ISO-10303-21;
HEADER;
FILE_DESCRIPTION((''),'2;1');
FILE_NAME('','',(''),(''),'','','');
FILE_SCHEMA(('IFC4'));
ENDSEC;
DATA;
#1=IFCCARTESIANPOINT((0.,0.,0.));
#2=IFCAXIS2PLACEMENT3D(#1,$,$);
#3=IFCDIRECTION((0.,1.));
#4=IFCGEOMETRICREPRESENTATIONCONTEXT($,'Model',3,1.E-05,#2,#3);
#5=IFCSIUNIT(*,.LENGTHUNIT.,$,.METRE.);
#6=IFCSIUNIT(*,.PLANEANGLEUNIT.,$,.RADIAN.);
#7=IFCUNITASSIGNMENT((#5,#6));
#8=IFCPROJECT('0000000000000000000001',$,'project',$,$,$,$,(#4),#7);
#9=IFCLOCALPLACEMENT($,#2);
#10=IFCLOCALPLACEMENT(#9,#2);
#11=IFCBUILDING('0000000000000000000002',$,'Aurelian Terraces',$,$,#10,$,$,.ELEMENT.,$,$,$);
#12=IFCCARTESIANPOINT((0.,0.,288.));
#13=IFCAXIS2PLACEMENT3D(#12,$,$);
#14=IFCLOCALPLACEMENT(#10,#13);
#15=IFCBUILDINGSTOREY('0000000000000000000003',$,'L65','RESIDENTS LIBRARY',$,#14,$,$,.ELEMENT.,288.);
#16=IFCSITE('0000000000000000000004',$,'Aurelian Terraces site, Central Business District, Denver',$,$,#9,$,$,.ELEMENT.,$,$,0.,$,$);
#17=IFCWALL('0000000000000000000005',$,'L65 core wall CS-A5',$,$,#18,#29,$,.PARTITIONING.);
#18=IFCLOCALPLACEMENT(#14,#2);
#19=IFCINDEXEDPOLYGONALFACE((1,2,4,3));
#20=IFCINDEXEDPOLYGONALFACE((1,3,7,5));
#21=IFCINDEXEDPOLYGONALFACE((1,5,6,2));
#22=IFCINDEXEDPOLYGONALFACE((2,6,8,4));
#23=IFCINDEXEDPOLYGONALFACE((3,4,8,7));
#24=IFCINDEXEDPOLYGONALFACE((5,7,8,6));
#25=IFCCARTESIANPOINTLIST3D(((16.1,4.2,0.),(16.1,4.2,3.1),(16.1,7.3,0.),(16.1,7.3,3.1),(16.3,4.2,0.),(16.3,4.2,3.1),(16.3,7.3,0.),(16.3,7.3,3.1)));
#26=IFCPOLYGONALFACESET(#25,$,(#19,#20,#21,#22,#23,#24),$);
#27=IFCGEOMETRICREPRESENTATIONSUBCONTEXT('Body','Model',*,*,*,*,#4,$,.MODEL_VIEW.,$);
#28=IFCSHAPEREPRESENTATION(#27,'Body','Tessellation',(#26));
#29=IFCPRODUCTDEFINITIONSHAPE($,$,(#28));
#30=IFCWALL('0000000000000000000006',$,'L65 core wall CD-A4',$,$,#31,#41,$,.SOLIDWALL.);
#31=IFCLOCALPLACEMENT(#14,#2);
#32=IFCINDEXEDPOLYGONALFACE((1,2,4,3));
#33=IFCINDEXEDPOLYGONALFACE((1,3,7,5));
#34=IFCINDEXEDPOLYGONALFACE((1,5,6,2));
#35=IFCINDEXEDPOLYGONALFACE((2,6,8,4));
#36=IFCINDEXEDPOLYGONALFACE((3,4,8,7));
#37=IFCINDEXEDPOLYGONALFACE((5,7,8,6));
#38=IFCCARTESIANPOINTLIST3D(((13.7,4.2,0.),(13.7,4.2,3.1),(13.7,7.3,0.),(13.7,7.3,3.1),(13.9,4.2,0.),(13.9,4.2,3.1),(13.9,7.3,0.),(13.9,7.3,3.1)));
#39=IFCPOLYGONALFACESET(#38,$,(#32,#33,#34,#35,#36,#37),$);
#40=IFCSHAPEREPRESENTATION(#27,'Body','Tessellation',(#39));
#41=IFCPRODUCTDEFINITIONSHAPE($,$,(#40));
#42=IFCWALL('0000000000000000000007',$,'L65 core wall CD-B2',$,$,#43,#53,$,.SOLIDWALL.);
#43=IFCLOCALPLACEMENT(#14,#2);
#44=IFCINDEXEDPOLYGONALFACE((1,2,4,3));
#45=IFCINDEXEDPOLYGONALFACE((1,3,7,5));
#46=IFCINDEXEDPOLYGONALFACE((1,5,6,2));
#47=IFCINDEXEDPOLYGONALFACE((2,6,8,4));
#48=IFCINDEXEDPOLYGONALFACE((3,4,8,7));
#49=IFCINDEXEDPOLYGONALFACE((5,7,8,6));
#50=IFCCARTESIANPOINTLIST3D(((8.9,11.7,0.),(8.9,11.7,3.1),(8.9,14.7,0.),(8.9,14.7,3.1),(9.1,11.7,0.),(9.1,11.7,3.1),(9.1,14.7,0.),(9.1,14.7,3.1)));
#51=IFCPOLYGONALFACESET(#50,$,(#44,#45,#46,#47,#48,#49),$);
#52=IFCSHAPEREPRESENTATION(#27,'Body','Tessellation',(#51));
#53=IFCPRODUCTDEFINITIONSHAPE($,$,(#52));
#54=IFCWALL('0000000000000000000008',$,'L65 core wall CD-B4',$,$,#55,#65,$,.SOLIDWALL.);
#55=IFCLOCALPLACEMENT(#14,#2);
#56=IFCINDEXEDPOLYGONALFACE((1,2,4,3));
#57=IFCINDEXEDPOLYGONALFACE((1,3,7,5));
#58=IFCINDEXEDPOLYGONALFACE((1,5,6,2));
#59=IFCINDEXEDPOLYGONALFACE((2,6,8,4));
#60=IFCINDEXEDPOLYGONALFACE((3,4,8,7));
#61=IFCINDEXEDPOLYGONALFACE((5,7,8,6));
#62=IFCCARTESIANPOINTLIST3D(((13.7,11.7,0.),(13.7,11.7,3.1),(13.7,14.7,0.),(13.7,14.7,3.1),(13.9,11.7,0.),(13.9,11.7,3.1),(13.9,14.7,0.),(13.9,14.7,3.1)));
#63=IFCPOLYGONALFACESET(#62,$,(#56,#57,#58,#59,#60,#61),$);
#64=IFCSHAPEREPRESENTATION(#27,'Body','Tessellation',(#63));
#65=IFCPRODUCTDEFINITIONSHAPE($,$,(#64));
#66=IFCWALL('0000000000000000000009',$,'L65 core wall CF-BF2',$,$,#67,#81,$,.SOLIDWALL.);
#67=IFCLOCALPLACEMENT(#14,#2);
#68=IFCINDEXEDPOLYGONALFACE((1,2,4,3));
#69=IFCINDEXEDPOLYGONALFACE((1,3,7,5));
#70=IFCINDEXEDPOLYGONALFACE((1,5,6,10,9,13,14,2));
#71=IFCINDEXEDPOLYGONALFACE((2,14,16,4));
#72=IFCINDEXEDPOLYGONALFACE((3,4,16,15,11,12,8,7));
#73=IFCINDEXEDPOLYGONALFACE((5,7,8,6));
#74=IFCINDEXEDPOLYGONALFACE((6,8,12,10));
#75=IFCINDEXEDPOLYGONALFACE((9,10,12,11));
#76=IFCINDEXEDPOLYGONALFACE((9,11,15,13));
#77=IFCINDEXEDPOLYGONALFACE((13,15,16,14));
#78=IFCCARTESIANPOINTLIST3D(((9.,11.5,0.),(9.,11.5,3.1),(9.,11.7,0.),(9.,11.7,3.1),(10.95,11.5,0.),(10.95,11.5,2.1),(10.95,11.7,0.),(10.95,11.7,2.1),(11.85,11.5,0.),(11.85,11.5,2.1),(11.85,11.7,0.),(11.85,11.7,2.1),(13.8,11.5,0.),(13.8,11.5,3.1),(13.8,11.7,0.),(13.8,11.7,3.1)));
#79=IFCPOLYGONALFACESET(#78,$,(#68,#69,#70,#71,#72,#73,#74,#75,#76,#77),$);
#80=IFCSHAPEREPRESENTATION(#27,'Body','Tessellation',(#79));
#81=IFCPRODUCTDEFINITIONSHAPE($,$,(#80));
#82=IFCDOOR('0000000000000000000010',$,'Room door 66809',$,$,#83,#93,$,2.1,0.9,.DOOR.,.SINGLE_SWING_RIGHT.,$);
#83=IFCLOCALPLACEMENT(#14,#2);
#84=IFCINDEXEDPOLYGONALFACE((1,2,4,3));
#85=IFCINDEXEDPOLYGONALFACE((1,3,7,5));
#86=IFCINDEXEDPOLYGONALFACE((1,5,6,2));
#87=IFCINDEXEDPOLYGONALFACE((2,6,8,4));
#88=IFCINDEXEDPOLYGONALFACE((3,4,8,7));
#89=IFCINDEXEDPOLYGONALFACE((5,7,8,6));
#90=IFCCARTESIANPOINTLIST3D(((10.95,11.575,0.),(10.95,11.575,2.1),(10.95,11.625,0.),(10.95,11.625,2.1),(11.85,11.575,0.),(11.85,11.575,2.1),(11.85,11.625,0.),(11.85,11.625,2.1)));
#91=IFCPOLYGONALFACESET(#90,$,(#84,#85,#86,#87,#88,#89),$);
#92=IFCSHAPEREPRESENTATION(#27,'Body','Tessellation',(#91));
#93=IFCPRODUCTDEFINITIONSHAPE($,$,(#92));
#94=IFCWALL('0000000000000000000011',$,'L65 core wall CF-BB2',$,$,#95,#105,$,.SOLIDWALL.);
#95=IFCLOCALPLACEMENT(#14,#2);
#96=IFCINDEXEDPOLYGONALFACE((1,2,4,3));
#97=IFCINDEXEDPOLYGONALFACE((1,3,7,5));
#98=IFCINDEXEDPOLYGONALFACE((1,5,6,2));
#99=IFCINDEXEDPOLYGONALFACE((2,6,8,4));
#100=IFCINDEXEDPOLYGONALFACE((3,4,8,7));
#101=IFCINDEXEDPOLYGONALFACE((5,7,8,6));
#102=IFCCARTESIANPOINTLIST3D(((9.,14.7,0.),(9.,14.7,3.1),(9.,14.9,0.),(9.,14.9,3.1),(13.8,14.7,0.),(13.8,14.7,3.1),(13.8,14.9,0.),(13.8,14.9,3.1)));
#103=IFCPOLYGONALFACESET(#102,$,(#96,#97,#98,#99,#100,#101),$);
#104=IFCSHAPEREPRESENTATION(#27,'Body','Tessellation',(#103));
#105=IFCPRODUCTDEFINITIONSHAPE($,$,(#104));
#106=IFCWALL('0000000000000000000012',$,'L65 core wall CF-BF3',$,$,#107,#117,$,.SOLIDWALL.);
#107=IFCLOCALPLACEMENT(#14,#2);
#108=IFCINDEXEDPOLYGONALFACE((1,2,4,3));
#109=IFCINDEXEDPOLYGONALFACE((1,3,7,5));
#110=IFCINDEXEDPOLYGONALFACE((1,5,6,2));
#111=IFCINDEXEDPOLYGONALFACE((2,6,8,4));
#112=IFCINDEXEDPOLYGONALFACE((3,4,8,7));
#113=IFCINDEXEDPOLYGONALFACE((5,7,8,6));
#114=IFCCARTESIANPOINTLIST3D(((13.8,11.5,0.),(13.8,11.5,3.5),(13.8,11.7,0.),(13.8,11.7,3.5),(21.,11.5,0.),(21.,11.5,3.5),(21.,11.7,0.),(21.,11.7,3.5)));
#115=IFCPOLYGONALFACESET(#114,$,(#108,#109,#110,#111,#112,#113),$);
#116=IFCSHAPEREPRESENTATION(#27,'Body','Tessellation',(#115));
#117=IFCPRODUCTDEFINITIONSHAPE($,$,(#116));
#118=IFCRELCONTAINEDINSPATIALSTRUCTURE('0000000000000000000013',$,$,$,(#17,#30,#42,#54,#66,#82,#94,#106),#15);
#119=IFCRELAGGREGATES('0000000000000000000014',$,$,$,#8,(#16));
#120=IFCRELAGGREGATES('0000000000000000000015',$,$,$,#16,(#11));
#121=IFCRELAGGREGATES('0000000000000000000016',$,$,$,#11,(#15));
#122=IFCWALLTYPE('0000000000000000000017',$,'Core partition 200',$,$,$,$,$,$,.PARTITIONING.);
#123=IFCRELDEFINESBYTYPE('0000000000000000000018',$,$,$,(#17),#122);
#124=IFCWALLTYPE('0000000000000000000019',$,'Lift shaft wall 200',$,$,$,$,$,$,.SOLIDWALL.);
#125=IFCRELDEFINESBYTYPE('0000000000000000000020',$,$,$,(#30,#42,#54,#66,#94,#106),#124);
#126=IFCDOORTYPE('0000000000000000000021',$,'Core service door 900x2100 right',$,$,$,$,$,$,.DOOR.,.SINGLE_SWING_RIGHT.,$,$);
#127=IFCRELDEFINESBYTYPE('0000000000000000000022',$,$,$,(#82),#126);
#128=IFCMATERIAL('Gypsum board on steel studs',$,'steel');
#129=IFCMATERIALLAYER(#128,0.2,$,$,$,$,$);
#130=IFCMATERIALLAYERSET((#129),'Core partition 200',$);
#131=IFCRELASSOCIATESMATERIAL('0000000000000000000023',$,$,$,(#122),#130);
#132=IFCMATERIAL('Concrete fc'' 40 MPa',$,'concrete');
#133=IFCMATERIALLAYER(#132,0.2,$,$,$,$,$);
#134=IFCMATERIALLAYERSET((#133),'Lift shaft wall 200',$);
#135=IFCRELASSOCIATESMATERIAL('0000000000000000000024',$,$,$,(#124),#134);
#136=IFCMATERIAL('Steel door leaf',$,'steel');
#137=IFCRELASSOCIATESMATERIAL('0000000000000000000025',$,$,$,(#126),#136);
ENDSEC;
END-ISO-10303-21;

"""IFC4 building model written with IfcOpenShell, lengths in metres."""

from ifc_helpers import new_model, si_unit, direction, frame, frame_2d, origin, place, context, subcontext, project, spatial, rectangle, extrude, source, transform, mapped, material, layer, layer_set, type_object, element, fill, save


model = new_model("IFC4")

# Units and contexts
model_context = context("Model", 3, precision=1e-05, world=origin(), true_north=direction((0.0, 1.0)))
body_context = subcontext(model_context, "Body", "Model", "MODEL_VIEW")
ifc_project = project(units=[si_unit("LENGTHUNIT", "METRE"), si_unit("PLANEANGLEUNIT", "RADIAN")], contexts=[model_context])

# Site, building, storey
site_placement = place(None, origin())
site = spatial("IfcSite", under=ifc_project, at=site_placement, Name="Aurelian Terraces site, Central Business District, Denver", CompositionType="ELEMENT", RefElevation=0.0)
building_placement = place(site_placement, origin())
building = spatial("IfcBuilding", under=site, at=building_placement, Name="Aurelian Terraces", CompositionType="ELEMENT")
storey_placement = place(building_placement, frame((0.0, 0.0, 288.0)))
storey = spatial("IfcBuildingStorey", under=building, at=storey_placement, Name="L65", Description="RESIDENTS LIBRARY", CompositionType="ELEMENT", Elevation=288.0)

# Walls
ifc_material_1 = material(Name="Gypsum board on steel studs", Category="steel")
ifc_layer_1 = layer(ifc_material_1, 0.2)
ifc_layer_set_1 = layer_set([ifc_layer_1], Name="Core partition 200")
wall_type_1 = type_object("IfcWallType", Name="Core partition 200", PredefinedType="PARTITIONING", material=ifc_layer_set_1)
wall_1_placement = place(storey_placement, frame((16.2, 4.2, 0.0), z_axis=(0.0, 0.0, 1.0), x_axis=(0.0, 1.0, 0.0)))
element("IfcWall", 1, at=wall_1_placement, inside=storey, type_object=wall_type_1, Name="L65 core wall CS-A5", PredefinedType="PARTITIONING", context=body_context, shape_type="SweptSolid", body=[
    extrude(rectangle(XDim=3.1, YDim=0.2, at=frame_2d((1.55, 0.0))), origin(), (0.0, 0.0, 1.0), 3.1),
])
ifc_material_2 = material(Name="Concrete fc' 40 MPa", Category="concrete")
ifc_layer_2 = layer(ifc_material_2, 0.2)
ifc_layer_set_2 = layer_set([ifc_layer_2], Name="Lift shaft wall 200")
wall_type_2 = type_object("IfcWallType", Name="Lift shaft wall 200", PredefinedType="SOLIDWALL", material=ifc_layer_set_2)
shared_shape_1 = source(origin(), body_context, "Body", "SweptSolid", [
    extrude(rectangle(XDim=3.1, YDim=0.2, at=frame_2d((1.55, 0.0))), origin(), (0.0, 0.0, 1.0), 3.1),
])
wall_2_placement = place(storey_placement, frame((13.8, 4.2, 0.0), z_axis=(0.0, 0.0, 1.0), x_axis=(0.0, 1.0, 0.0)))
element("IfcWall", 2, at=wall_2_placement, inside=storey, type_object=wall_type_2, Name="L65 core wall CD-A4", PredefinedType="SOLIDWALL", context=body_context, shape_type="MappedRepresentation", body=[
    mapped(shared_shape_1, transform((0.0, 0.0, 0.0), scale=1.0)),
])
shared_shape_2 = source(origin(), body_context, "Body", "SweptSolid", [
    extrude(rectangle(XDim=3.0, YDim=0.2, at=frame_2d((1.5, 0.0))), origin(), (0.0, 0.0, 1.0), 3.1),
])
for number, where, z_axis, x_axis, name in (
    (3, (9.0, 11.7, 0.0), (0.0, 0.0, 1.0), (0.0, 1.0, 0.0), "L65 core wall CD-B2"),
    (4, (13.8, 11.7, 0.0), (0.0, 0.0, 1.0), (0.0, 1.0, 0.0), "L65 core wall CD-B4"),
):
    element("IfcWall", number, at=place(storey_placement, frame(where, z_axis=z_axis, x_axis=x_axis)), inside=storey, type_object=wall_type_2, Name=name, PredefinedType="SOLIDWALL", context=body_context, shape_type="MappedRepresentation", body=[
        mapped(shared_shape_2, transform((0.0, 0.0, 0.0), scale=1.0)),
    ])

# Wall, opening, door
shared_shape_3 = source(origin(), body_context, "Body", "SweptSolid", [
    extrude(rectangle(XDim=4.8, YDim=0.2, at=frame_2d((2.4, 0.0))), origin(), (0.0, 0.0, 1.0), 3.1),
])
wall_3_placement = place(storey_placement, frame((9.0, 11.6, 0.0), z_axis=(0.0, 0.0, 1.0), x_axis=(1.0, 0.0, 0.0)))
wall_3 = element("IfcWall", 5, at=wall_3_placement, inside=storey, type_object=wall_type_2, Name="L65 core wall CF-BF2", PredefinedType="SOLIDWALL", context=body_context, shape_type="MappedRepresentation", body=[
    mapped(shared_shape_3, transform((0.0, 0.0, 0.0), scale=1.0)),
])
shared_shape_4 = source(origin(), body_context, "Body", "SweptSolid", [
    extrude(rectangle(XDim=0.9, YDim=2.1, at=frame_2d((0.45, 1.05))), frame((0.0, 0.11, 0.0), z_axis=(0.0, -1.0, 0.0), x_axis=(1.0, 0.0, 0.0)), (0.0, 0.0, 1.0), 0.22),
])
opening_1_placement = place(wall_3_placement, frame((1.95, 0.0, 0.0)))
opening_1 = element("IfcOpeningElement", 6, at=opening_1_placement, cuts=wall_3, PredefinedType="OPENING", context=body_context, shape_type="MappedRepresentation", body=[
    mapped(shared_shape_4, transform((0.0, 0.0, 0.0), scale=1.0)),
])
ifc_material_3 = material(Name="Steel door leaf", Category="steel")
door_type_1 = type_object("IfcDoorType", Name="Core service door 900x2100 right", OperationType="SINGLE_SWING_RIGHT", PredefinedType="DOOR", material=ifc_material_3)
shared_shape_5 = source(origin(), body_context, "Body", "SweptSolid", [
    extrude(rectangle(XDim=0.9, YDim=2.1, at=frame_2d((0.45, 1.05))), frame((0.0, 0.025, 0.0), z_axis=(0.0, -1.0, 0.0), x_axis=(1.0, 0.0, 0.0)), (0.0, 0.0, 1.0), 0.05),
])
door_1_placement = place(opening_1_placement, origin())
door_1 = element("IfcDoor", 7, at=door_1_placement, inside=storey, type_object=door_type_1, Name="Room door 66809", OperationType="SINGLE_SWING_RIGHT", OverallHeight=2.1, OverallWidth=0.9, PredefinedType="DOOR", context=body_context, shape_type="MappedRepresentation", body=[
    mapped(shared_shape_5, transform((0.0, 0.0, 0.0), scale=1.0)),
])
fill(opening_1, door_1)

# Walls
wall_4_placement = place(storey_placement, frame((9.0, 14.8, 0.0), z_axis=(0.0, 0.0, 1.0), x_axis=(1.0, 0.0, 0.0)))
element("IfcWall", 8, at=wall_4_placement, inside=storey, type_object=wall_type_2, Name="L65 core wall CF-BB2", PredefinedType="SOLIDWALL", context=body_context, shape_type="MappedRepresentation", body=[
    mapped(shared_shape_3, transform((0.0, 0.0, 0.0), scale=1.0)),
])
shared_shape_6 = source(origin(), body_context, "Body", "SweptSolid", [
    extrude(rectangle(XDim=7.2, YDim=0.2, at=frame_2d((3.6, 0.0))), origin(), (0.0, 0.0, 1.0), 3.5),
])
wall_5_placement = place(storey_placement, frame((13.8, 11.6, 0.0), z_axis=(0.0, 0.0, 1.0), x_axis=(1.0, 0.0, 0.0)))
element("IfcWall", 9, at=wall_5_placement, inside=storey, type_object=wall_type_2, Name="L65 core wall CF-BF3", PredefinedType="SOLIDWALL", context=body_context, shape_type="MappedRepresentation", body=[
    mapped(shared_shape_6, transform((0.0, 0.0, 0.0), scale=1.0)),
])

save(model, "model.ifc")
